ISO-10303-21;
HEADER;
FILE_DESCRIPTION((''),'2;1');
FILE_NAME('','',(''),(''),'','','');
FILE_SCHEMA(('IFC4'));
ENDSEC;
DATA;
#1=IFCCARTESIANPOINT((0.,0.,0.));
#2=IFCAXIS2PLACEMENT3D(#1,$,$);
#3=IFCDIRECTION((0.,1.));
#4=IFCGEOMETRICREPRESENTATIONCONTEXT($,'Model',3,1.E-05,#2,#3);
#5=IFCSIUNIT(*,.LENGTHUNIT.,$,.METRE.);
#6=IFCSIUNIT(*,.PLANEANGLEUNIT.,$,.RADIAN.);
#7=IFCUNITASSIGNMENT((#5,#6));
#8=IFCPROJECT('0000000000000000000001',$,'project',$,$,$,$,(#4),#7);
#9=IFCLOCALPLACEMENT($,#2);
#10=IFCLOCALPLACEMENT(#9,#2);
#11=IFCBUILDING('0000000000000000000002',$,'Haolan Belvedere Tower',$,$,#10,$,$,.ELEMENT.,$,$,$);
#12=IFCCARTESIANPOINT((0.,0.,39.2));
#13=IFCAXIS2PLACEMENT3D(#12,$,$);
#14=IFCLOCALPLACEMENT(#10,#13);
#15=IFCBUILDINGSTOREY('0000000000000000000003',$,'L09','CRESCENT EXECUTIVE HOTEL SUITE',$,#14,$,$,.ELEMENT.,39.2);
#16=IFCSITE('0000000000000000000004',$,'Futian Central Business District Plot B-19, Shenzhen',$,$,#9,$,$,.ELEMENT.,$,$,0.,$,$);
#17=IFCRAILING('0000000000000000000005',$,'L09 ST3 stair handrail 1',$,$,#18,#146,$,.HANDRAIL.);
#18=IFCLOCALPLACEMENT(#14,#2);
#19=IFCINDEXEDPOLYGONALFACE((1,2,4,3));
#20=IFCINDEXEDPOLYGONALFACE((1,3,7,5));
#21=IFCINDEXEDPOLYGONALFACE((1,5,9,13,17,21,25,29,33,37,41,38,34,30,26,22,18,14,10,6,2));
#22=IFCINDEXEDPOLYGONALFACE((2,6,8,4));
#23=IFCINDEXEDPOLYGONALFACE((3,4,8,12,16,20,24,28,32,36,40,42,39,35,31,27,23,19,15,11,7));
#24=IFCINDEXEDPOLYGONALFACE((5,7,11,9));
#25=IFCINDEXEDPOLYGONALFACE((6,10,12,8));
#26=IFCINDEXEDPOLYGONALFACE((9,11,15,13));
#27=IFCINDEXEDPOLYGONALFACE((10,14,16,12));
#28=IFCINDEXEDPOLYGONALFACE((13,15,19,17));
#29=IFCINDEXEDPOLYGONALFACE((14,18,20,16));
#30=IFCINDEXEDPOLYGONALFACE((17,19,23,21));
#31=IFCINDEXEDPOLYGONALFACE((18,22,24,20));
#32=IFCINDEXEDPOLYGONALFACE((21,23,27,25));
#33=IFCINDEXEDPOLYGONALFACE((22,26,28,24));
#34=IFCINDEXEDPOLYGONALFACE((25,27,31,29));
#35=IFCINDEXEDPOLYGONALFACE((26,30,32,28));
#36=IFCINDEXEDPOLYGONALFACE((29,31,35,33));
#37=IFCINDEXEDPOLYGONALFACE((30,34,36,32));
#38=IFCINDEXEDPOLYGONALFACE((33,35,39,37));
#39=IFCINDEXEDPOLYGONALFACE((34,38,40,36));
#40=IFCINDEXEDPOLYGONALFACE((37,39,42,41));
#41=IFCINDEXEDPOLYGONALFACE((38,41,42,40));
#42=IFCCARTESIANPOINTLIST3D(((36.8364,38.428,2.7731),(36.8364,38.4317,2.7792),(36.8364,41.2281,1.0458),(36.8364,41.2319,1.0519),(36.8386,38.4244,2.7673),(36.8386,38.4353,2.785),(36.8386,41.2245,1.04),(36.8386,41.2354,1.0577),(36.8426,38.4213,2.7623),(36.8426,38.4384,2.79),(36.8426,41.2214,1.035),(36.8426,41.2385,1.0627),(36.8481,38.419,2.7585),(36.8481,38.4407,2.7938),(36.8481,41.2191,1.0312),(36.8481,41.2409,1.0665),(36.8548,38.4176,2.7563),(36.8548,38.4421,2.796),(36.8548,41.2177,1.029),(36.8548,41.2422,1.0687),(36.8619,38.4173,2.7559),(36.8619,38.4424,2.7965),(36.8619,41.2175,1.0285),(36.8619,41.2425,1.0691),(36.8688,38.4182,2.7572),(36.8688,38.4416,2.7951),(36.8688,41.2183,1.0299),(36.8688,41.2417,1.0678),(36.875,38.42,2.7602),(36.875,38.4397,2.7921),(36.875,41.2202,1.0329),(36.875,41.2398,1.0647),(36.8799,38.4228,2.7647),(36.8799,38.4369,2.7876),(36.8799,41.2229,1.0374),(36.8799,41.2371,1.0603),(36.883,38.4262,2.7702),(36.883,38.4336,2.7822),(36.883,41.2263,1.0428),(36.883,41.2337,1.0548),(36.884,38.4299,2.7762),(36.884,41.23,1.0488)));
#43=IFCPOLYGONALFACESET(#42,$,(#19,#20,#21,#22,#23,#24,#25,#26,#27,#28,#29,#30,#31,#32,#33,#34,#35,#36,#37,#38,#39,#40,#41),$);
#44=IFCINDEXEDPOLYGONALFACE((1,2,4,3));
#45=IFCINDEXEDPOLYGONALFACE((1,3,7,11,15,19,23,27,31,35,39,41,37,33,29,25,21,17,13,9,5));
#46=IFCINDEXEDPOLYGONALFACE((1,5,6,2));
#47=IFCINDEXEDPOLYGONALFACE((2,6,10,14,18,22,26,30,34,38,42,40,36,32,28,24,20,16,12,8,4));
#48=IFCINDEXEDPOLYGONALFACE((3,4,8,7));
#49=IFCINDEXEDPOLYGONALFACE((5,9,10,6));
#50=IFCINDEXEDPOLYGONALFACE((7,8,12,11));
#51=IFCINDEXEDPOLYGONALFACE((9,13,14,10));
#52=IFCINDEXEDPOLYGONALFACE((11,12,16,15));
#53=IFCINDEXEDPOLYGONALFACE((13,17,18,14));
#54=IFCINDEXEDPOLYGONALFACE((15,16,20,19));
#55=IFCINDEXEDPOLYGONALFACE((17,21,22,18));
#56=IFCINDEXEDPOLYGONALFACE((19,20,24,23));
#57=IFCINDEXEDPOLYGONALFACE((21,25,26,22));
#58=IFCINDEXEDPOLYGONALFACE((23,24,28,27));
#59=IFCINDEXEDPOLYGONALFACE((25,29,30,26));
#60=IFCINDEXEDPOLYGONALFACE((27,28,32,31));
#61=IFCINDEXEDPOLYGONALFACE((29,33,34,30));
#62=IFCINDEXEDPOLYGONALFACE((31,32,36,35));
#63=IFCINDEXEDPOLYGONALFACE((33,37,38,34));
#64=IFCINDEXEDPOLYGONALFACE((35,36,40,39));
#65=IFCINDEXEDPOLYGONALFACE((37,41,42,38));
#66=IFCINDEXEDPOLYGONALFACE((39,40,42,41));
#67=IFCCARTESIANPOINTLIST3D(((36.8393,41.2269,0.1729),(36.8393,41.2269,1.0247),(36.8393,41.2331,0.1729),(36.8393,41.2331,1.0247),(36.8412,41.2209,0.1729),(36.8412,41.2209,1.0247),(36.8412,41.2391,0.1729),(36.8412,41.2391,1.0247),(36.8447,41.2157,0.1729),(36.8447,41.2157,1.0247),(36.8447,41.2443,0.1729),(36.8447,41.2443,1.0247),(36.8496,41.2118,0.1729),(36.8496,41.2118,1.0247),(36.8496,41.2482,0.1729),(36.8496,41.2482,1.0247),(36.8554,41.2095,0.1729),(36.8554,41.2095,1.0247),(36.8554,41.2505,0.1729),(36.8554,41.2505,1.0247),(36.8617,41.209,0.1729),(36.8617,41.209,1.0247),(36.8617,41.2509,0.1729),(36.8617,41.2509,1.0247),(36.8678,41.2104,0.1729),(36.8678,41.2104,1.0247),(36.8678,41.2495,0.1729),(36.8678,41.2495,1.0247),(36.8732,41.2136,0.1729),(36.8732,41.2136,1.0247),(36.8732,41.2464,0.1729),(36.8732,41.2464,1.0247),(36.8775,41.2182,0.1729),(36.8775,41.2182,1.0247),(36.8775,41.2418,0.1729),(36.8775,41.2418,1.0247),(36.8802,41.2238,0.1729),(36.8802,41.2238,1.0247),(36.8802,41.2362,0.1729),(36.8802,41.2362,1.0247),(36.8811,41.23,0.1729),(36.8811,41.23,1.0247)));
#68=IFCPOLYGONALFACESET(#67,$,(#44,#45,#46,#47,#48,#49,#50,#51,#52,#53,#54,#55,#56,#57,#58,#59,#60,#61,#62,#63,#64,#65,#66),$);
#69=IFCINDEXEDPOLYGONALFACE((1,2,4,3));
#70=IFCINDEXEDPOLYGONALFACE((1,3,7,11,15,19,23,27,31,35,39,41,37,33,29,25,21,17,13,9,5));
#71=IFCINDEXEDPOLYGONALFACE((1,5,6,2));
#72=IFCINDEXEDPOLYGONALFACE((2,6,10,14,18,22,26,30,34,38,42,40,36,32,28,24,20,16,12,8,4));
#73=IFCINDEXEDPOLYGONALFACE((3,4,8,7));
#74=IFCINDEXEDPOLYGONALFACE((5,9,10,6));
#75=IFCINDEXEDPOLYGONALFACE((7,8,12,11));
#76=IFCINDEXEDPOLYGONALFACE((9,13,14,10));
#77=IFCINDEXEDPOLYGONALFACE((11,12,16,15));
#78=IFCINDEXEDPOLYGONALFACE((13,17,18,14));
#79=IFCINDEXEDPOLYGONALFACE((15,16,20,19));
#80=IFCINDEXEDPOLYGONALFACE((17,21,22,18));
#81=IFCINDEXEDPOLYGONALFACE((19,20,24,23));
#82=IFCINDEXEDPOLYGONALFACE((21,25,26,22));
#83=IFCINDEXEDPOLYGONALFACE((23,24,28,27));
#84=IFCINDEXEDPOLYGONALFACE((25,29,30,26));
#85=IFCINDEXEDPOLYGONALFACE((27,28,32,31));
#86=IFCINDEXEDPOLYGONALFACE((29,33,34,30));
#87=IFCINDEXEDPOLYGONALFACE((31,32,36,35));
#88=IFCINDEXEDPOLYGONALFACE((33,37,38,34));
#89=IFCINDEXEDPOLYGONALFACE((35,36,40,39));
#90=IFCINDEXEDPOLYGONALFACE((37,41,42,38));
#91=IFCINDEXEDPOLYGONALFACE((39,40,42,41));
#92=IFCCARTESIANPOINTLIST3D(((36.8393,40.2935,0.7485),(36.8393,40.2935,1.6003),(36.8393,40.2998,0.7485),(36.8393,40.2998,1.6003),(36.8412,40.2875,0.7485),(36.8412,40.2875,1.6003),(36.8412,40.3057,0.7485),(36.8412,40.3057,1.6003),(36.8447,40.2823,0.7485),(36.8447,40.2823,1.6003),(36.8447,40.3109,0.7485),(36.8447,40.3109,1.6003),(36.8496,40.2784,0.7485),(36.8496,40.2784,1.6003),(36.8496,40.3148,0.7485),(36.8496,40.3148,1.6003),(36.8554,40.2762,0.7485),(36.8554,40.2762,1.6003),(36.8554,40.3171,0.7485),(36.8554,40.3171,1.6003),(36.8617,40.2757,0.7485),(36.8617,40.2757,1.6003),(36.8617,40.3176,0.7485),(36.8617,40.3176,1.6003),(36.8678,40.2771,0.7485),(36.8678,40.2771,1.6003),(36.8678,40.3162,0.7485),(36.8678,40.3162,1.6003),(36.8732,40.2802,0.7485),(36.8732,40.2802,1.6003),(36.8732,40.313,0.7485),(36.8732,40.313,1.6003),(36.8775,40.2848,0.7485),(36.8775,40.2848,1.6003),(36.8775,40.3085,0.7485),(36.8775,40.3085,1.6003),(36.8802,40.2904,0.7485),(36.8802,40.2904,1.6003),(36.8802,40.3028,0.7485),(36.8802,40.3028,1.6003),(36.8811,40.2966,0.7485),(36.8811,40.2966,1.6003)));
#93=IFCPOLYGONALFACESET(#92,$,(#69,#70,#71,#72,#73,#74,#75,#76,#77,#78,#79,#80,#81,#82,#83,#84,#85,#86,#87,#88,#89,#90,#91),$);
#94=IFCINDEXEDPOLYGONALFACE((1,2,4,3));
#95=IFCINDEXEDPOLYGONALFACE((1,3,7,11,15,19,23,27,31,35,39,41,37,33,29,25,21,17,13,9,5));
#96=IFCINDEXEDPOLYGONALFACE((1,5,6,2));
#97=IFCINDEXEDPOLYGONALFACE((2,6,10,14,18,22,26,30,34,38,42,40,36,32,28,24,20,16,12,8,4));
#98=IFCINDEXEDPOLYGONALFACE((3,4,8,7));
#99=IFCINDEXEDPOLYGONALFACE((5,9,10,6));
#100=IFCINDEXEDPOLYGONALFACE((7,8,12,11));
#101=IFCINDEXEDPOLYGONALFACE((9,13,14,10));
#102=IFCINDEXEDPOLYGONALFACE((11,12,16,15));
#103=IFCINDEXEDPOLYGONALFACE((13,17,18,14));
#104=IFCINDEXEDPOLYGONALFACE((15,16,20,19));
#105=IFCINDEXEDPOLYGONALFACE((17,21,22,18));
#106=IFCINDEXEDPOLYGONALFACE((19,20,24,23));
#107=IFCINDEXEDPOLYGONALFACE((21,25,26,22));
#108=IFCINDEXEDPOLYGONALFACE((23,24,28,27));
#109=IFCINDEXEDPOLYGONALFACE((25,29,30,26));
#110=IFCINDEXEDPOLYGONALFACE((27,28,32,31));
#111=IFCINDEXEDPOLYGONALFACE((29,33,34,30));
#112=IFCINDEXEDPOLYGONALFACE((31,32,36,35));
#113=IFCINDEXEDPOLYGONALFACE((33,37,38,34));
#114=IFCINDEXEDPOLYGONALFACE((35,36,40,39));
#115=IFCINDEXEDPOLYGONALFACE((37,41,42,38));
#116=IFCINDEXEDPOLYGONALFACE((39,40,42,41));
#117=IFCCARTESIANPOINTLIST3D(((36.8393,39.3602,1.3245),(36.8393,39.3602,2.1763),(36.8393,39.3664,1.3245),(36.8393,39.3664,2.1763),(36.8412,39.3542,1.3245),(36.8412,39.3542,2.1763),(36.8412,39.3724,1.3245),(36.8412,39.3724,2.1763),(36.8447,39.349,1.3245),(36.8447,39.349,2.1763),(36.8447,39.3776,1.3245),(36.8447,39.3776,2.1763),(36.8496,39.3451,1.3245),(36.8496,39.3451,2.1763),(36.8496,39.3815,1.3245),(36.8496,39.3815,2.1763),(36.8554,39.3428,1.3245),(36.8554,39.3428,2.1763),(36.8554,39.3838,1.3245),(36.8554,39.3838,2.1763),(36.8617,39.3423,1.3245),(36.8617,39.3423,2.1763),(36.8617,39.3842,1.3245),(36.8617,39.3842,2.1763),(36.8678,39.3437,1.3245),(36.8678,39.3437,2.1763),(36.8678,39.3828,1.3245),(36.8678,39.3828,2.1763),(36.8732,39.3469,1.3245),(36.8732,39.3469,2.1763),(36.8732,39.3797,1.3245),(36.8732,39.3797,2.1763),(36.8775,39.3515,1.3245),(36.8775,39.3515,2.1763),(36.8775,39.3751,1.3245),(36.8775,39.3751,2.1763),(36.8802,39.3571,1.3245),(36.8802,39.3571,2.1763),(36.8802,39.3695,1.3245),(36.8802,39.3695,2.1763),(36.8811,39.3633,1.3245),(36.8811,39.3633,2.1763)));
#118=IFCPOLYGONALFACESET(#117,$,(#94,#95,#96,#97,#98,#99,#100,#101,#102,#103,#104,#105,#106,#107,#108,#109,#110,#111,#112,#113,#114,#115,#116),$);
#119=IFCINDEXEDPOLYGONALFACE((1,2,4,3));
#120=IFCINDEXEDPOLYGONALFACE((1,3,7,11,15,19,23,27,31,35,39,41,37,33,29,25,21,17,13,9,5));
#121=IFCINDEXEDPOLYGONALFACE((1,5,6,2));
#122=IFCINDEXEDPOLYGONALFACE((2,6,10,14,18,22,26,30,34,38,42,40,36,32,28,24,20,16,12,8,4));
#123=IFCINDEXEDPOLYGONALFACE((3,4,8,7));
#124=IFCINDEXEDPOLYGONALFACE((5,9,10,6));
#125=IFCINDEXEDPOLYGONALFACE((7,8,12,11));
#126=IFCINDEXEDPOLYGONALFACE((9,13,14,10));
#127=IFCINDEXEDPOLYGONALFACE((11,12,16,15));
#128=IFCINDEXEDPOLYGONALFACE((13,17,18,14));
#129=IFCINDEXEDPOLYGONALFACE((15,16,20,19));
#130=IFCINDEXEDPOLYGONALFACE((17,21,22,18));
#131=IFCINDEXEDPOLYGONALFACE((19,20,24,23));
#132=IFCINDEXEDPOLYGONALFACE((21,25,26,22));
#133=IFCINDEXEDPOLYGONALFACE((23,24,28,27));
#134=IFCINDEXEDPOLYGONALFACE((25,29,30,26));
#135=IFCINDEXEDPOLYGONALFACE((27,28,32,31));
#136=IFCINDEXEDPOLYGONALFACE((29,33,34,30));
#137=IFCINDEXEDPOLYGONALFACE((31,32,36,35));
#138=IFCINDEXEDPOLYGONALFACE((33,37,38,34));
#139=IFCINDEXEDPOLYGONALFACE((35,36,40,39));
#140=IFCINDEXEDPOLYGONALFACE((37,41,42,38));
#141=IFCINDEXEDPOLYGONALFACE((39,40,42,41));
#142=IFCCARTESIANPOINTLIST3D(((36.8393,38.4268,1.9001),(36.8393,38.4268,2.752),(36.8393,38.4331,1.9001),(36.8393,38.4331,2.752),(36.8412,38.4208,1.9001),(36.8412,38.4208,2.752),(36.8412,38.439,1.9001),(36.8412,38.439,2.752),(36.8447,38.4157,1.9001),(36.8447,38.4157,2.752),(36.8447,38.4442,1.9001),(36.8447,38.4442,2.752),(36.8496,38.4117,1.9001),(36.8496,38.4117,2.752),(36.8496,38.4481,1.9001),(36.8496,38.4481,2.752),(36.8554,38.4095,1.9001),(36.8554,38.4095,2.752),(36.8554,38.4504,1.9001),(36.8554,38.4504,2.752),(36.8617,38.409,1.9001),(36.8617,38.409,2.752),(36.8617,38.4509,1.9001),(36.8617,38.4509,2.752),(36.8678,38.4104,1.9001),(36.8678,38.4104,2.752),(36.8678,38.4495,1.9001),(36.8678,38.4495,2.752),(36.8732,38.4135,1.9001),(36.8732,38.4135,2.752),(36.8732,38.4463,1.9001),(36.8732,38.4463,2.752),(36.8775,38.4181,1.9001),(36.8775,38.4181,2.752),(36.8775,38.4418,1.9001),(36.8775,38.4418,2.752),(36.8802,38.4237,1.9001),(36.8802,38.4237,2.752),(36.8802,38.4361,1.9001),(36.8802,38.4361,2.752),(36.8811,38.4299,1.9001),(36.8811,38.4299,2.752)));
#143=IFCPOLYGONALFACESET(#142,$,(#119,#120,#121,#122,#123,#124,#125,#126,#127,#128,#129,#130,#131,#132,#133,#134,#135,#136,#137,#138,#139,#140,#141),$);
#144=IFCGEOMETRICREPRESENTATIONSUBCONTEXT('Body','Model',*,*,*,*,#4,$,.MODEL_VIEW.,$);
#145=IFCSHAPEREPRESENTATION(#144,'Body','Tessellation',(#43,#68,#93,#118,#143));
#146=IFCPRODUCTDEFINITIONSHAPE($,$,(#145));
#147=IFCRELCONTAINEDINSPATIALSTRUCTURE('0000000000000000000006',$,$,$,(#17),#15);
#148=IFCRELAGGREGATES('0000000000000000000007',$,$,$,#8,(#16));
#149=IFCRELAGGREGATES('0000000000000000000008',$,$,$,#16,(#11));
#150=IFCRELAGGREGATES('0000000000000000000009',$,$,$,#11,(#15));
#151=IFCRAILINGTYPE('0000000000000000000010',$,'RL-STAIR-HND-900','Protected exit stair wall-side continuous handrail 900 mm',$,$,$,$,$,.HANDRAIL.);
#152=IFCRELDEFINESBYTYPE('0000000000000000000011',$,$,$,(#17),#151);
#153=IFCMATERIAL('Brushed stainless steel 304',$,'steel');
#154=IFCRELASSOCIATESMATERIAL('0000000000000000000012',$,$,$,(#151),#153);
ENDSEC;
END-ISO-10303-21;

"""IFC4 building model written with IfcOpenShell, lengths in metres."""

from ifc_helpers import new_model, si_unit, direction, frame, origin, origin_2d, place, context, subcontext, project, spatial, circle, extrude, material, type_object, element, save


model = new_model("IFC4")

# Units and contexts
model_context = context("Model", 3, precision=1e-05, world=origin(), true_north=direction((0.0, 1.0)))
body_context = subcontext(model_context, "Body", "Model", "MODEL_VIEW")
ifc_project = project(units=[si_unit("LENGTHUNIT", "METRE"), si_unit("PLANEANGLEUNIT", "RADIAN")], contexts=[model_context])

# Site, building, storey
site_placement = place(None, origin())
site = spatial("IfcSite", under=ifc_project, at=site_placement, Name="Futian Central Business District Plot B-19, Shenzhen", CompositionType="ELEMENT", RefElevation=0.0)
building_placement = place(site_placement, origin())
building = spatial("IfcBuilding", under=site, at=building_placement, Name="Haolan Belvedere Tower", CompositionType="ELEMENT")
storey_placement = place(building_placement, frame((0.0, 0.0, 39.2)))
storey = spatial("IfcBuildingStorey", under=building, at=storey_placement, Name="L09", Description="CRESCENT EXECUTIVE HOTEL SUITE", CompositionType="ELEMENT", Elevation=39.2)

# Railing
ifc_material_1 = material(Name="Brushed stainless steel 304", Category="steel")
railing_type_1 = type_object("IfcRailingType", Name="RL-STAIR-HND-900", Description="Protected exit stair wall-side continuous handrail 900 mm", PredefinedType="HANDRAIL", material=ifc_material_1)
railing_1_placement = place(storey_placement, frame((36.8601, 41.23, 0.1729)))
element("IfcRailing", 1, at=railing_1_placement, inside=storey, type_object=railing_type_1, Name="L09 ST3 stair handrail 1", PredefinedType="HANDRAIL", context=body_context, shape_type="SweptSolid", body=[
    extrude(circle(Radius=0.0239, at=origin_2d()), frame((0.0, 0.0, 0.876), z_axis=(0.0, -0.85109, 0.52502), x_axis=(1.0, 0.0, 0.0)), (0.0, 0.0, 1.0), 3.29),
    extrude(circle(Radius=0.021, at=origin_2d()), origin(), (0.0, 0.0, 1.0), 0.8518),
    extrude(circle(Radius=0.021, at=origin_2d()), frame((0.0, -0.9333, 0.5757)), (0.0, 0.0, 1.0), 0.8518),
    extrude(circle(Radius=0.021, at=origin_2d()), frame((0.0, -1.8667, 1.1516)), (0.0, 0.0, 1.0), 0.8518),
    extrude(circle(Radius=0.021, at=origin_2d()), frame((0.0, -2.8, 1.7273)), (0.0, 0.0, 1.0), 0.8518),
])

save(model, "model.ifc")
